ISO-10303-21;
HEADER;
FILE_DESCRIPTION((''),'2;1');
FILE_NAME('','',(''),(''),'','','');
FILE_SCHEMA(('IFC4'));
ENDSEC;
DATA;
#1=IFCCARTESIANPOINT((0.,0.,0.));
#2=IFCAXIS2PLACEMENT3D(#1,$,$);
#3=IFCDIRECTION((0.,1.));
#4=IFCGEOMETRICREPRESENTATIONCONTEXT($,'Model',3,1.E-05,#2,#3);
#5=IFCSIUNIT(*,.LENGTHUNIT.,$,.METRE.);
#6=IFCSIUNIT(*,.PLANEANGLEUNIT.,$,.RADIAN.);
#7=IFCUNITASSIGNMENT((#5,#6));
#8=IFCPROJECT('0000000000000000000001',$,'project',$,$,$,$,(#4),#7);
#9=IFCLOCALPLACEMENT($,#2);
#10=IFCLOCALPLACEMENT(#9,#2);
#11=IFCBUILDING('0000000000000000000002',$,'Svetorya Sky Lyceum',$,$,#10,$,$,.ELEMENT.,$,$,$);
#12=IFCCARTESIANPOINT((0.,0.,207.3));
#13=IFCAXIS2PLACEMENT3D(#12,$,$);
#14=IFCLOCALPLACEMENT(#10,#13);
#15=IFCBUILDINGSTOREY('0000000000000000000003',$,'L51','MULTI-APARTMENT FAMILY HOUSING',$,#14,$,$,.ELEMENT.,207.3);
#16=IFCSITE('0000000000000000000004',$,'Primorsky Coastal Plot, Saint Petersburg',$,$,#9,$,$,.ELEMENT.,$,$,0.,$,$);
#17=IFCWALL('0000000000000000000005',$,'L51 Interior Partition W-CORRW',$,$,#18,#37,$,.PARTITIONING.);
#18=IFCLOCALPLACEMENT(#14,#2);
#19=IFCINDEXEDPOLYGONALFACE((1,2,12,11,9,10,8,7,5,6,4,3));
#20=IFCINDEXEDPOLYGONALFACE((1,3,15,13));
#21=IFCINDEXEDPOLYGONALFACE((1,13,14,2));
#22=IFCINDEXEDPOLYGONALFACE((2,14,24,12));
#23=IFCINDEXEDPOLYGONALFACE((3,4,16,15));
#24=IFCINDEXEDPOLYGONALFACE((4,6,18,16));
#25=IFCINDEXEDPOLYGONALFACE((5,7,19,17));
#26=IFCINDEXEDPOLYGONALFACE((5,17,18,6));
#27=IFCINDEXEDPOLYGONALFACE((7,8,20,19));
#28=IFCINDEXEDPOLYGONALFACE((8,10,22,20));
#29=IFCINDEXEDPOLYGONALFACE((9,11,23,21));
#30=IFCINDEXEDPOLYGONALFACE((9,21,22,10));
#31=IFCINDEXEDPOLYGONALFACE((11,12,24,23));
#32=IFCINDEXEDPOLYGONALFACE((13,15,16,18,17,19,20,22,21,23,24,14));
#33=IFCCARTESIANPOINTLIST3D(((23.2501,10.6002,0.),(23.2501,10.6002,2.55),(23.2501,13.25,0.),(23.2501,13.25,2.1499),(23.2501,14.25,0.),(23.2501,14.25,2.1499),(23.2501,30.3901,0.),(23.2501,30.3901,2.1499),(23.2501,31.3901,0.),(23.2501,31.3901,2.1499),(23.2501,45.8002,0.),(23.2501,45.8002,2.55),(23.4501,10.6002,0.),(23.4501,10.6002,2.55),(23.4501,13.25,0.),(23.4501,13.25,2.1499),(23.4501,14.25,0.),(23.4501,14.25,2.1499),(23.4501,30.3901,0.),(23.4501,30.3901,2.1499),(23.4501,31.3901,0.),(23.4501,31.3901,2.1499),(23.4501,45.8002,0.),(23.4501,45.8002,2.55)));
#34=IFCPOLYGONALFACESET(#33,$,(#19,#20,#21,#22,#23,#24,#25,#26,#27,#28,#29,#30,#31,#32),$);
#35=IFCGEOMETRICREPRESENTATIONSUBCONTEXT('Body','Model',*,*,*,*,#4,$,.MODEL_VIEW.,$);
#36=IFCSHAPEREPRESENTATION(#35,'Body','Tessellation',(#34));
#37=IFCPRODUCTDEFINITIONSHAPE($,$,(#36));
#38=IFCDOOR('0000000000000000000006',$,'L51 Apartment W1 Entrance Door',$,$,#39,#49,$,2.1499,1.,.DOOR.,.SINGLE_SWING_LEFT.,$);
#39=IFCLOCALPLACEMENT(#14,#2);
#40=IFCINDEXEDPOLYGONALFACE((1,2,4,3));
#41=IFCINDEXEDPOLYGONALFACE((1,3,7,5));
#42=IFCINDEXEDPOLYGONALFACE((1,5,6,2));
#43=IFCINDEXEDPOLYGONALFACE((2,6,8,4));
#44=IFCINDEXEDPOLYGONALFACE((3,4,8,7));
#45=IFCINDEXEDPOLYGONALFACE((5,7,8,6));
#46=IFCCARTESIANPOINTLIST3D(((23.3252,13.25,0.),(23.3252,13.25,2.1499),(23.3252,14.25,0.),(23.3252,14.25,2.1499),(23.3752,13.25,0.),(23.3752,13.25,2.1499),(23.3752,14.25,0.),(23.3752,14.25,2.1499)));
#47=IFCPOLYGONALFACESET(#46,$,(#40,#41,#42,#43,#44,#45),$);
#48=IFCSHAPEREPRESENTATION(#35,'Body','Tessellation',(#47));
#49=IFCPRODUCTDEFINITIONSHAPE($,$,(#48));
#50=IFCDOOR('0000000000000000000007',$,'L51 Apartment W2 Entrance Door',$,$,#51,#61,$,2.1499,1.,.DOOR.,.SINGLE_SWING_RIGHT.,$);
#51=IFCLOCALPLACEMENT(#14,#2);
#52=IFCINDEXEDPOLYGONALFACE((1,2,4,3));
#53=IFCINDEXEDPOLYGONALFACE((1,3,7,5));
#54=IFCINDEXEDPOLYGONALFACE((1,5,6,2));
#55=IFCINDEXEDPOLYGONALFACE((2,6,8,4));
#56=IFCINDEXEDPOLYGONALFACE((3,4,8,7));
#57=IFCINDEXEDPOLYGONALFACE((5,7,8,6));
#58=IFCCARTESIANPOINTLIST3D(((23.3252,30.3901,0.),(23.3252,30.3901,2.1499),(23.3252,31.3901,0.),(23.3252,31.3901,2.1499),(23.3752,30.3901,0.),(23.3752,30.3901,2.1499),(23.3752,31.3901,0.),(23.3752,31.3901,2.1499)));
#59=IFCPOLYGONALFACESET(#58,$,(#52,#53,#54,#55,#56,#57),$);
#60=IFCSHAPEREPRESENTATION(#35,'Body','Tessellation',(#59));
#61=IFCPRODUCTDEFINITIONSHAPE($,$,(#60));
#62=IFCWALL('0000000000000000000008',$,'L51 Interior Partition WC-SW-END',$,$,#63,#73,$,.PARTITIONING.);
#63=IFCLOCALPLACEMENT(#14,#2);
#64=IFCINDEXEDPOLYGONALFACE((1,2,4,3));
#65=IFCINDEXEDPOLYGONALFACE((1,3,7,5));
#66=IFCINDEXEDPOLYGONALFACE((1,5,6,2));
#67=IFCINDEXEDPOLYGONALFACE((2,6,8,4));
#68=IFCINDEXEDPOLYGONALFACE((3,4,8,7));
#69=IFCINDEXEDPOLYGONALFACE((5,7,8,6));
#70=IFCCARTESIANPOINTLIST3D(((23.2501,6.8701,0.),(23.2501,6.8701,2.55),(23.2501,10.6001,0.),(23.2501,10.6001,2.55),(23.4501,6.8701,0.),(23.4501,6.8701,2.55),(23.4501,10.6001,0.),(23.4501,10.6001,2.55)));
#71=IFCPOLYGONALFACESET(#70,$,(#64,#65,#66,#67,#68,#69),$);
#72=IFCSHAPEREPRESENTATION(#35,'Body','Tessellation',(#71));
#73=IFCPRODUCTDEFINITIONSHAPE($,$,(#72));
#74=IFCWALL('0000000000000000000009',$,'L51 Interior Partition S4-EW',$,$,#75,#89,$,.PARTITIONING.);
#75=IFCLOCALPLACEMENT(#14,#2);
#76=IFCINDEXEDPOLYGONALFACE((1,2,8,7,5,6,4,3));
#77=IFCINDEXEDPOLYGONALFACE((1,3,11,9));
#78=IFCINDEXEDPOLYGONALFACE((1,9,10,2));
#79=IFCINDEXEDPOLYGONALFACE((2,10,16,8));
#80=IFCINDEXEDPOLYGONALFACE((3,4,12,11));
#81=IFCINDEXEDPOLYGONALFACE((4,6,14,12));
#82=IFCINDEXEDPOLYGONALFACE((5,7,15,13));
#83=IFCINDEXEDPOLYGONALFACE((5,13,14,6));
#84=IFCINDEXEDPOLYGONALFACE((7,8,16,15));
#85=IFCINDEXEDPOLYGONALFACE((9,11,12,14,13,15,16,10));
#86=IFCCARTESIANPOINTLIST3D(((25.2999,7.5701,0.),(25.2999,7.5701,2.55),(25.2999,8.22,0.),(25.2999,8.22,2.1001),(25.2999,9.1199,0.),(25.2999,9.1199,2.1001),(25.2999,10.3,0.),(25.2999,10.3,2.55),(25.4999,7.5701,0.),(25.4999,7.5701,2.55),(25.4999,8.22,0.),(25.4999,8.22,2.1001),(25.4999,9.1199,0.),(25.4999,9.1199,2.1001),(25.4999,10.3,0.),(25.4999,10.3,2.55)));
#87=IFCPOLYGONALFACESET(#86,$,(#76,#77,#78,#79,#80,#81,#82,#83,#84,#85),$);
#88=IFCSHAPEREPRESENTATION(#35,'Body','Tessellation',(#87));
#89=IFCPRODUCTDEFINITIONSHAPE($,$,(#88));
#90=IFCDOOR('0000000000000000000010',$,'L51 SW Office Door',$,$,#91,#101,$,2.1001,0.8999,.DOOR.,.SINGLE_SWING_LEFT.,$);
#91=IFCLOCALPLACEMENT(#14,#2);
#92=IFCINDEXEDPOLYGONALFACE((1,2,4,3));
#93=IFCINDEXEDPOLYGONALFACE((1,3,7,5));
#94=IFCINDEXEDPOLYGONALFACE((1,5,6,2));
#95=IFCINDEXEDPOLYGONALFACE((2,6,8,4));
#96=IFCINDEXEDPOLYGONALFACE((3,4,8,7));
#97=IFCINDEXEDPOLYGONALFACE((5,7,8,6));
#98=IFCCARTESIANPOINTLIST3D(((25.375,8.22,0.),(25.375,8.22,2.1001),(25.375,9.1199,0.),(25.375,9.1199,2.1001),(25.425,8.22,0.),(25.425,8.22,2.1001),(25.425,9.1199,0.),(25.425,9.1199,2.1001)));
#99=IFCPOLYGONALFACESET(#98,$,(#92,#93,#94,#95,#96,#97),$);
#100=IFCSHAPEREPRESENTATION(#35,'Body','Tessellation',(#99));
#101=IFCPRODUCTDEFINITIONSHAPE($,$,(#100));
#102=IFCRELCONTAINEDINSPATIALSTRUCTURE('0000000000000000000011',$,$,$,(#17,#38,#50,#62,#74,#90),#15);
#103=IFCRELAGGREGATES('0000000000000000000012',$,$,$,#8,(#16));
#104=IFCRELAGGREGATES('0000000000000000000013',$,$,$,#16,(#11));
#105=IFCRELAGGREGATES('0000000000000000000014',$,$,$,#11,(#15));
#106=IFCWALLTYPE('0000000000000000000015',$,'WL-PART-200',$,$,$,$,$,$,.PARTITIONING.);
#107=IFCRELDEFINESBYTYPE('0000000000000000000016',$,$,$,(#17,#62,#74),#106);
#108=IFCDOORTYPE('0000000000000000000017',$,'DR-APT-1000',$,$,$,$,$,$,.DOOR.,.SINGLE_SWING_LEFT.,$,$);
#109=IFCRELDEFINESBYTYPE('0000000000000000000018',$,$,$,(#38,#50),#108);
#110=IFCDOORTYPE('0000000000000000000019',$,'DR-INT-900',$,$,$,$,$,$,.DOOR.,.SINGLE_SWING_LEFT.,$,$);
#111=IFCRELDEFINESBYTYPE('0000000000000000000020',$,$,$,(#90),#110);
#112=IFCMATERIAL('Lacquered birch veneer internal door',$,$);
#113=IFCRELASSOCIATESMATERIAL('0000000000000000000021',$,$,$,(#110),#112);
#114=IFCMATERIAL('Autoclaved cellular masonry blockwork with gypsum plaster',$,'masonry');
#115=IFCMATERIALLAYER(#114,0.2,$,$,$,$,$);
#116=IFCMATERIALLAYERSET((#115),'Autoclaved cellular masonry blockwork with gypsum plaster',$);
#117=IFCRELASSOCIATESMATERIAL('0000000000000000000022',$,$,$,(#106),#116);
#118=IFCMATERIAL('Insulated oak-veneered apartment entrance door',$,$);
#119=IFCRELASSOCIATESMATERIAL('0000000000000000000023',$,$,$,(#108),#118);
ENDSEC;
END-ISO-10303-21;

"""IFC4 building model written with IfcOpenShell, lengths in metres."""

from ifc_helpers import new_model, si_unit, direction, frame, frame_2d, origin, place, context, subcontext, project, spatial, rectangle, extrude, material, layer, layer_set, type_object, element, fill, save


model = new_model("IFC4")

# Units and contexts
model_context = context("Model", 3, precision=1e-05, world=origin(), true_north=direction((0.0, 1.0)))
body_context = subcontext(model_context, "Body", "Model", "MODEL_VIEW")
ifc_project = project(units=[si_unit("LENGTHUNIT", "METRE"), si_unit("PLANEANGLEUNIT", "RADIAN")], contexts=[model_context])

# Site, building, storey
site_placement = place(None, origin())
site = spatial("IfcSite", under=ifc_project, at=site_placement, Name="Primorsky Coastal Plot, Saint Petersburg", CompositionType="ELEMENT", RefElevation=0.0)
building_placement = place(site_placement, origin())
building = spatial("IfcBuilding", under=site, at=building_placement, Name="Svetorya Sky Lyceum", CompositionType="ELEMENT")
storey_placement = place(building_placement, frame((0.0, 0.0, 207.3)))
storey = spatial("IfcBuildingStorey", under=building, at=storey_placement, Name="L51", Description="MULTI-APARTMENT FAMILY HOUSING", CompositionType="ELEMENT", Elevation=207.3)

# Shared definitions
ifc_material_1 = material(Name="Lacquered birch veneer internal door")
door_type_1 = type_object("IfcDoorType", Name="DR-INT-900", OperationType="SINGLE_SWING_LEFT", PredefinedType="DOOR", material=ifc_material_1)

# Shared definitions
ifc_material_2 = material(Name="Autoclaved cellular masonry blockwork with gypsum plaster", Category="masonry")
ifc_layer_1 = layer(ifc_material_2, 0.2)
ifc_layer_set_1 = layer_set([ifc_layer_1], Name="Autoclaved cellular masonry blockwork with gypsum plaster")
wall_type_1 = type_object("IfcWallType", Name="WL-PART-200", PredefinedType="PARTITIONING", material=ifc_layer_set_1)

# Wall, openings, doors
wall_1_placement = place(storey_placement, frame((23.3501, 10.6001, 0.0), z_axis=(0.0, 0.0, 1.0), x_axis=(0.0, 1.0, 0.0)))
wall_1 = element("IfcWall", 1, at=wall_1_placement, inside=storey, type_object=wall_type_1, Name="L51 Interior Partition W-CORRW", PredefinedType="PARTITIONING", context=body_context, shape_type="SweptSolid", body=[
    extrude(rectangle(XDim=35.2, YDim=0.2, at=frame_2d((17.6001, 0.0))), origin(), (0.0, 0.0, 1.0), 2.55),
])
opening_1_placement = place(wall_1_placement, frame((2.6499, 0.0, 0.0)))
opening_1 = element("IfcOpeningElement", 2, at=opening_1_placement, cuts=wall_1, PredefinedType="OPENING", context=body_context, shape_type="SweptSolid", body=[
    extrude(rectangle(XDim=1.0, YDim=2.1499, at=frame_2d((0.5, 1.075))), frame((0.0, 0.1099, 0.0), z_axis=(0.0, -1.0, 0.0), x_axis=(1.0, 0.0, 0.0)), (0.0, 0.0, 1.0), 0.22),
])
opening_2_placement = place(wall_1_placement, frame((19.79, 0.0, 0.0)))
opening_2 = element("IfcOpeningElement", 3, at=opening_2_placement, cuts=wall_1, PredefinedType="OPENING", context=body_context, shape_type="SweptSolid", body=[
    extrude(rectangle(XDim=1.0, YDim=2.1499, at=frame_2d((0.5, 1.075))), frame((0.0, 0.1099, 0.0), z_axis=(0.0, -1.0, 0.0), x_axis=(1.0, 0.0, 0.0)), (0.0, 0.0, 1.0), 0.22),
])
ifc_material_3 = material(Name="Insulated oak-veneered apartment entrance door")
door_type_2 = type_object("IfcDoorType", Name="DR-APT-1000", OperationType="SINGLE_SWING_LEFT", PredefinedType="DOOR", material=ifc_material_3)
door_1_placement = place(opening_1_placement, origin())
door_1 = element("IfcDoor", 4, at=door_1_placement, inside=storey, type_object=door_type_2, Name="L51 Apartment W1 Entrance Door", OperationType="SINGLE_SWING_LEFT", OverallHeight=2.1499, OverallWidth=1.0, PredefinedType="DOOR", context=body_context, shape_type="SweptSolid", body=[
    extrude(rectangle(XDim=1.0, YDim=2.1499, at=frame_2d((0.5, 1.075))), frame((0.0, 0.0249, 0.0), z_axis=(0.0, -1.0, 0.0), x_axis=(1.0, 0.0, 0.0)), (0.0, 0.0, 1.0), 0.05),
])
fill(opening_1, door_1)
door_2_placement = place(opening_2_placement, origin())
door_2 = element("IfcDoor", 5, at=door_2_placement, inside=storey, type_object=door_type_2, Name="L51 Apartment W2 Entrance Door", OperationType="SINGLE_SWING_RIGHT", OverallHeight=2.1499, OverallWidth=1.0, PredefinedType="DOOR", context=body_context, shape_type="SweptSolid", body=[
    extrude(rectangle(XDim=1.0, YDim=2.1499, at=frame_2d((0.5, 1.075))), frame((0.0, 0.0249, 0.0), z_axis=(0.0, -1.0, 0.0), x_axis=(1.0, 0.0, 0.0)), (0.0, 0.0, 1.0), 0.05),
])
fill(opening_2, door_2)

# Wall
wall_2_placement = place(storey_placement, frame((23.3501, 6.8701, 0.0), z_axis=(0.0, 0.0, 1.0), x_axis=(0.0, 1.0, 0.0)))
element("IfcWall", 6, at=wall_2_placement, inside=storey, type_object=wall_type_1, Name="L51 Interior Partition WC-SW-END", PredefinedType="PARTITIONING", context=body_context, shape_type="SweptSolid", body=[
    extrude(rectangle(XDim=3.73, YDim=0.2, at=frame_2d((1.865, 0.0))), origin(), (0.0, 0.0, 1.0), 2.55),
])

# Wall, opening, door
wall_3_placement = place(storey_placement, frame((25.3999, 7.5701, 0.0), z_axis=(0.0, 0.0, 1.0), x_axis=(0.0, 1.0, 0.0)))
wall_3 = element("IfcWall", 7, at=wall_3_placement, inside=storey, type_object=wall_type_1, Name="L51 Interior Partition S4-EW", PredefinedType="PARTITIONING", context=body_context, shape_type="SweptSolid", body=[
    extrude(rectangle(XDim=2.73, YDim=0.2, at=frame_2d((1.365, 0.0))), origin(), (0.0, 0.0, 1.0), 2.55),
])
opening_3_placement = place(wall_3_placement, frame((0.6499, 0.0, 0.0)))
opening_3 = element("IfcOpeningElement", 8, at=opening_3_placement, cuts=wall_3, PredefinedType="OPENING", context=body_context, shape_type="SweptSolid", body=[
    extrude(rectangle(XDim=0.8999, YDim=2.1001, at=frame_2d((0.45, 1.05))), frame((0.0, 0.1099, 0.0), z_axis=(0.0, -1.0, 0.0), x_axis=(1.0, 0.0, 0.0)), (0.0, 0.0, 1.0), 0.22),
])
door_3_placement = place(opening_3_placement, origin())
door_3 = element("IfcDoor", 9, at=door_3_placement, inside=storey, type_object=door_type_1, Name="L51 SW Office Door", OperationType="SINGLE_SWING_LEFT", OverallHeight=2.1001, OverallWidth=0.8999, PredefinedType="DOOR", context=body_context, shape_type="SweptSolid", body=[
    extrude(rectangle(XDim=0.8999, YDim=2.1001, at=frame_2d((0.45, 1.05))), frame((0.0, 0.0249, 0.0), z_axis=(0.0, -1.0, 0.0), x_axis=(1.0, 0.0, 0.0)), (0.0, 0.0, 1.0), 0.05),
])
fill(opening_3, door_3)

save(model, "model.ifc")
